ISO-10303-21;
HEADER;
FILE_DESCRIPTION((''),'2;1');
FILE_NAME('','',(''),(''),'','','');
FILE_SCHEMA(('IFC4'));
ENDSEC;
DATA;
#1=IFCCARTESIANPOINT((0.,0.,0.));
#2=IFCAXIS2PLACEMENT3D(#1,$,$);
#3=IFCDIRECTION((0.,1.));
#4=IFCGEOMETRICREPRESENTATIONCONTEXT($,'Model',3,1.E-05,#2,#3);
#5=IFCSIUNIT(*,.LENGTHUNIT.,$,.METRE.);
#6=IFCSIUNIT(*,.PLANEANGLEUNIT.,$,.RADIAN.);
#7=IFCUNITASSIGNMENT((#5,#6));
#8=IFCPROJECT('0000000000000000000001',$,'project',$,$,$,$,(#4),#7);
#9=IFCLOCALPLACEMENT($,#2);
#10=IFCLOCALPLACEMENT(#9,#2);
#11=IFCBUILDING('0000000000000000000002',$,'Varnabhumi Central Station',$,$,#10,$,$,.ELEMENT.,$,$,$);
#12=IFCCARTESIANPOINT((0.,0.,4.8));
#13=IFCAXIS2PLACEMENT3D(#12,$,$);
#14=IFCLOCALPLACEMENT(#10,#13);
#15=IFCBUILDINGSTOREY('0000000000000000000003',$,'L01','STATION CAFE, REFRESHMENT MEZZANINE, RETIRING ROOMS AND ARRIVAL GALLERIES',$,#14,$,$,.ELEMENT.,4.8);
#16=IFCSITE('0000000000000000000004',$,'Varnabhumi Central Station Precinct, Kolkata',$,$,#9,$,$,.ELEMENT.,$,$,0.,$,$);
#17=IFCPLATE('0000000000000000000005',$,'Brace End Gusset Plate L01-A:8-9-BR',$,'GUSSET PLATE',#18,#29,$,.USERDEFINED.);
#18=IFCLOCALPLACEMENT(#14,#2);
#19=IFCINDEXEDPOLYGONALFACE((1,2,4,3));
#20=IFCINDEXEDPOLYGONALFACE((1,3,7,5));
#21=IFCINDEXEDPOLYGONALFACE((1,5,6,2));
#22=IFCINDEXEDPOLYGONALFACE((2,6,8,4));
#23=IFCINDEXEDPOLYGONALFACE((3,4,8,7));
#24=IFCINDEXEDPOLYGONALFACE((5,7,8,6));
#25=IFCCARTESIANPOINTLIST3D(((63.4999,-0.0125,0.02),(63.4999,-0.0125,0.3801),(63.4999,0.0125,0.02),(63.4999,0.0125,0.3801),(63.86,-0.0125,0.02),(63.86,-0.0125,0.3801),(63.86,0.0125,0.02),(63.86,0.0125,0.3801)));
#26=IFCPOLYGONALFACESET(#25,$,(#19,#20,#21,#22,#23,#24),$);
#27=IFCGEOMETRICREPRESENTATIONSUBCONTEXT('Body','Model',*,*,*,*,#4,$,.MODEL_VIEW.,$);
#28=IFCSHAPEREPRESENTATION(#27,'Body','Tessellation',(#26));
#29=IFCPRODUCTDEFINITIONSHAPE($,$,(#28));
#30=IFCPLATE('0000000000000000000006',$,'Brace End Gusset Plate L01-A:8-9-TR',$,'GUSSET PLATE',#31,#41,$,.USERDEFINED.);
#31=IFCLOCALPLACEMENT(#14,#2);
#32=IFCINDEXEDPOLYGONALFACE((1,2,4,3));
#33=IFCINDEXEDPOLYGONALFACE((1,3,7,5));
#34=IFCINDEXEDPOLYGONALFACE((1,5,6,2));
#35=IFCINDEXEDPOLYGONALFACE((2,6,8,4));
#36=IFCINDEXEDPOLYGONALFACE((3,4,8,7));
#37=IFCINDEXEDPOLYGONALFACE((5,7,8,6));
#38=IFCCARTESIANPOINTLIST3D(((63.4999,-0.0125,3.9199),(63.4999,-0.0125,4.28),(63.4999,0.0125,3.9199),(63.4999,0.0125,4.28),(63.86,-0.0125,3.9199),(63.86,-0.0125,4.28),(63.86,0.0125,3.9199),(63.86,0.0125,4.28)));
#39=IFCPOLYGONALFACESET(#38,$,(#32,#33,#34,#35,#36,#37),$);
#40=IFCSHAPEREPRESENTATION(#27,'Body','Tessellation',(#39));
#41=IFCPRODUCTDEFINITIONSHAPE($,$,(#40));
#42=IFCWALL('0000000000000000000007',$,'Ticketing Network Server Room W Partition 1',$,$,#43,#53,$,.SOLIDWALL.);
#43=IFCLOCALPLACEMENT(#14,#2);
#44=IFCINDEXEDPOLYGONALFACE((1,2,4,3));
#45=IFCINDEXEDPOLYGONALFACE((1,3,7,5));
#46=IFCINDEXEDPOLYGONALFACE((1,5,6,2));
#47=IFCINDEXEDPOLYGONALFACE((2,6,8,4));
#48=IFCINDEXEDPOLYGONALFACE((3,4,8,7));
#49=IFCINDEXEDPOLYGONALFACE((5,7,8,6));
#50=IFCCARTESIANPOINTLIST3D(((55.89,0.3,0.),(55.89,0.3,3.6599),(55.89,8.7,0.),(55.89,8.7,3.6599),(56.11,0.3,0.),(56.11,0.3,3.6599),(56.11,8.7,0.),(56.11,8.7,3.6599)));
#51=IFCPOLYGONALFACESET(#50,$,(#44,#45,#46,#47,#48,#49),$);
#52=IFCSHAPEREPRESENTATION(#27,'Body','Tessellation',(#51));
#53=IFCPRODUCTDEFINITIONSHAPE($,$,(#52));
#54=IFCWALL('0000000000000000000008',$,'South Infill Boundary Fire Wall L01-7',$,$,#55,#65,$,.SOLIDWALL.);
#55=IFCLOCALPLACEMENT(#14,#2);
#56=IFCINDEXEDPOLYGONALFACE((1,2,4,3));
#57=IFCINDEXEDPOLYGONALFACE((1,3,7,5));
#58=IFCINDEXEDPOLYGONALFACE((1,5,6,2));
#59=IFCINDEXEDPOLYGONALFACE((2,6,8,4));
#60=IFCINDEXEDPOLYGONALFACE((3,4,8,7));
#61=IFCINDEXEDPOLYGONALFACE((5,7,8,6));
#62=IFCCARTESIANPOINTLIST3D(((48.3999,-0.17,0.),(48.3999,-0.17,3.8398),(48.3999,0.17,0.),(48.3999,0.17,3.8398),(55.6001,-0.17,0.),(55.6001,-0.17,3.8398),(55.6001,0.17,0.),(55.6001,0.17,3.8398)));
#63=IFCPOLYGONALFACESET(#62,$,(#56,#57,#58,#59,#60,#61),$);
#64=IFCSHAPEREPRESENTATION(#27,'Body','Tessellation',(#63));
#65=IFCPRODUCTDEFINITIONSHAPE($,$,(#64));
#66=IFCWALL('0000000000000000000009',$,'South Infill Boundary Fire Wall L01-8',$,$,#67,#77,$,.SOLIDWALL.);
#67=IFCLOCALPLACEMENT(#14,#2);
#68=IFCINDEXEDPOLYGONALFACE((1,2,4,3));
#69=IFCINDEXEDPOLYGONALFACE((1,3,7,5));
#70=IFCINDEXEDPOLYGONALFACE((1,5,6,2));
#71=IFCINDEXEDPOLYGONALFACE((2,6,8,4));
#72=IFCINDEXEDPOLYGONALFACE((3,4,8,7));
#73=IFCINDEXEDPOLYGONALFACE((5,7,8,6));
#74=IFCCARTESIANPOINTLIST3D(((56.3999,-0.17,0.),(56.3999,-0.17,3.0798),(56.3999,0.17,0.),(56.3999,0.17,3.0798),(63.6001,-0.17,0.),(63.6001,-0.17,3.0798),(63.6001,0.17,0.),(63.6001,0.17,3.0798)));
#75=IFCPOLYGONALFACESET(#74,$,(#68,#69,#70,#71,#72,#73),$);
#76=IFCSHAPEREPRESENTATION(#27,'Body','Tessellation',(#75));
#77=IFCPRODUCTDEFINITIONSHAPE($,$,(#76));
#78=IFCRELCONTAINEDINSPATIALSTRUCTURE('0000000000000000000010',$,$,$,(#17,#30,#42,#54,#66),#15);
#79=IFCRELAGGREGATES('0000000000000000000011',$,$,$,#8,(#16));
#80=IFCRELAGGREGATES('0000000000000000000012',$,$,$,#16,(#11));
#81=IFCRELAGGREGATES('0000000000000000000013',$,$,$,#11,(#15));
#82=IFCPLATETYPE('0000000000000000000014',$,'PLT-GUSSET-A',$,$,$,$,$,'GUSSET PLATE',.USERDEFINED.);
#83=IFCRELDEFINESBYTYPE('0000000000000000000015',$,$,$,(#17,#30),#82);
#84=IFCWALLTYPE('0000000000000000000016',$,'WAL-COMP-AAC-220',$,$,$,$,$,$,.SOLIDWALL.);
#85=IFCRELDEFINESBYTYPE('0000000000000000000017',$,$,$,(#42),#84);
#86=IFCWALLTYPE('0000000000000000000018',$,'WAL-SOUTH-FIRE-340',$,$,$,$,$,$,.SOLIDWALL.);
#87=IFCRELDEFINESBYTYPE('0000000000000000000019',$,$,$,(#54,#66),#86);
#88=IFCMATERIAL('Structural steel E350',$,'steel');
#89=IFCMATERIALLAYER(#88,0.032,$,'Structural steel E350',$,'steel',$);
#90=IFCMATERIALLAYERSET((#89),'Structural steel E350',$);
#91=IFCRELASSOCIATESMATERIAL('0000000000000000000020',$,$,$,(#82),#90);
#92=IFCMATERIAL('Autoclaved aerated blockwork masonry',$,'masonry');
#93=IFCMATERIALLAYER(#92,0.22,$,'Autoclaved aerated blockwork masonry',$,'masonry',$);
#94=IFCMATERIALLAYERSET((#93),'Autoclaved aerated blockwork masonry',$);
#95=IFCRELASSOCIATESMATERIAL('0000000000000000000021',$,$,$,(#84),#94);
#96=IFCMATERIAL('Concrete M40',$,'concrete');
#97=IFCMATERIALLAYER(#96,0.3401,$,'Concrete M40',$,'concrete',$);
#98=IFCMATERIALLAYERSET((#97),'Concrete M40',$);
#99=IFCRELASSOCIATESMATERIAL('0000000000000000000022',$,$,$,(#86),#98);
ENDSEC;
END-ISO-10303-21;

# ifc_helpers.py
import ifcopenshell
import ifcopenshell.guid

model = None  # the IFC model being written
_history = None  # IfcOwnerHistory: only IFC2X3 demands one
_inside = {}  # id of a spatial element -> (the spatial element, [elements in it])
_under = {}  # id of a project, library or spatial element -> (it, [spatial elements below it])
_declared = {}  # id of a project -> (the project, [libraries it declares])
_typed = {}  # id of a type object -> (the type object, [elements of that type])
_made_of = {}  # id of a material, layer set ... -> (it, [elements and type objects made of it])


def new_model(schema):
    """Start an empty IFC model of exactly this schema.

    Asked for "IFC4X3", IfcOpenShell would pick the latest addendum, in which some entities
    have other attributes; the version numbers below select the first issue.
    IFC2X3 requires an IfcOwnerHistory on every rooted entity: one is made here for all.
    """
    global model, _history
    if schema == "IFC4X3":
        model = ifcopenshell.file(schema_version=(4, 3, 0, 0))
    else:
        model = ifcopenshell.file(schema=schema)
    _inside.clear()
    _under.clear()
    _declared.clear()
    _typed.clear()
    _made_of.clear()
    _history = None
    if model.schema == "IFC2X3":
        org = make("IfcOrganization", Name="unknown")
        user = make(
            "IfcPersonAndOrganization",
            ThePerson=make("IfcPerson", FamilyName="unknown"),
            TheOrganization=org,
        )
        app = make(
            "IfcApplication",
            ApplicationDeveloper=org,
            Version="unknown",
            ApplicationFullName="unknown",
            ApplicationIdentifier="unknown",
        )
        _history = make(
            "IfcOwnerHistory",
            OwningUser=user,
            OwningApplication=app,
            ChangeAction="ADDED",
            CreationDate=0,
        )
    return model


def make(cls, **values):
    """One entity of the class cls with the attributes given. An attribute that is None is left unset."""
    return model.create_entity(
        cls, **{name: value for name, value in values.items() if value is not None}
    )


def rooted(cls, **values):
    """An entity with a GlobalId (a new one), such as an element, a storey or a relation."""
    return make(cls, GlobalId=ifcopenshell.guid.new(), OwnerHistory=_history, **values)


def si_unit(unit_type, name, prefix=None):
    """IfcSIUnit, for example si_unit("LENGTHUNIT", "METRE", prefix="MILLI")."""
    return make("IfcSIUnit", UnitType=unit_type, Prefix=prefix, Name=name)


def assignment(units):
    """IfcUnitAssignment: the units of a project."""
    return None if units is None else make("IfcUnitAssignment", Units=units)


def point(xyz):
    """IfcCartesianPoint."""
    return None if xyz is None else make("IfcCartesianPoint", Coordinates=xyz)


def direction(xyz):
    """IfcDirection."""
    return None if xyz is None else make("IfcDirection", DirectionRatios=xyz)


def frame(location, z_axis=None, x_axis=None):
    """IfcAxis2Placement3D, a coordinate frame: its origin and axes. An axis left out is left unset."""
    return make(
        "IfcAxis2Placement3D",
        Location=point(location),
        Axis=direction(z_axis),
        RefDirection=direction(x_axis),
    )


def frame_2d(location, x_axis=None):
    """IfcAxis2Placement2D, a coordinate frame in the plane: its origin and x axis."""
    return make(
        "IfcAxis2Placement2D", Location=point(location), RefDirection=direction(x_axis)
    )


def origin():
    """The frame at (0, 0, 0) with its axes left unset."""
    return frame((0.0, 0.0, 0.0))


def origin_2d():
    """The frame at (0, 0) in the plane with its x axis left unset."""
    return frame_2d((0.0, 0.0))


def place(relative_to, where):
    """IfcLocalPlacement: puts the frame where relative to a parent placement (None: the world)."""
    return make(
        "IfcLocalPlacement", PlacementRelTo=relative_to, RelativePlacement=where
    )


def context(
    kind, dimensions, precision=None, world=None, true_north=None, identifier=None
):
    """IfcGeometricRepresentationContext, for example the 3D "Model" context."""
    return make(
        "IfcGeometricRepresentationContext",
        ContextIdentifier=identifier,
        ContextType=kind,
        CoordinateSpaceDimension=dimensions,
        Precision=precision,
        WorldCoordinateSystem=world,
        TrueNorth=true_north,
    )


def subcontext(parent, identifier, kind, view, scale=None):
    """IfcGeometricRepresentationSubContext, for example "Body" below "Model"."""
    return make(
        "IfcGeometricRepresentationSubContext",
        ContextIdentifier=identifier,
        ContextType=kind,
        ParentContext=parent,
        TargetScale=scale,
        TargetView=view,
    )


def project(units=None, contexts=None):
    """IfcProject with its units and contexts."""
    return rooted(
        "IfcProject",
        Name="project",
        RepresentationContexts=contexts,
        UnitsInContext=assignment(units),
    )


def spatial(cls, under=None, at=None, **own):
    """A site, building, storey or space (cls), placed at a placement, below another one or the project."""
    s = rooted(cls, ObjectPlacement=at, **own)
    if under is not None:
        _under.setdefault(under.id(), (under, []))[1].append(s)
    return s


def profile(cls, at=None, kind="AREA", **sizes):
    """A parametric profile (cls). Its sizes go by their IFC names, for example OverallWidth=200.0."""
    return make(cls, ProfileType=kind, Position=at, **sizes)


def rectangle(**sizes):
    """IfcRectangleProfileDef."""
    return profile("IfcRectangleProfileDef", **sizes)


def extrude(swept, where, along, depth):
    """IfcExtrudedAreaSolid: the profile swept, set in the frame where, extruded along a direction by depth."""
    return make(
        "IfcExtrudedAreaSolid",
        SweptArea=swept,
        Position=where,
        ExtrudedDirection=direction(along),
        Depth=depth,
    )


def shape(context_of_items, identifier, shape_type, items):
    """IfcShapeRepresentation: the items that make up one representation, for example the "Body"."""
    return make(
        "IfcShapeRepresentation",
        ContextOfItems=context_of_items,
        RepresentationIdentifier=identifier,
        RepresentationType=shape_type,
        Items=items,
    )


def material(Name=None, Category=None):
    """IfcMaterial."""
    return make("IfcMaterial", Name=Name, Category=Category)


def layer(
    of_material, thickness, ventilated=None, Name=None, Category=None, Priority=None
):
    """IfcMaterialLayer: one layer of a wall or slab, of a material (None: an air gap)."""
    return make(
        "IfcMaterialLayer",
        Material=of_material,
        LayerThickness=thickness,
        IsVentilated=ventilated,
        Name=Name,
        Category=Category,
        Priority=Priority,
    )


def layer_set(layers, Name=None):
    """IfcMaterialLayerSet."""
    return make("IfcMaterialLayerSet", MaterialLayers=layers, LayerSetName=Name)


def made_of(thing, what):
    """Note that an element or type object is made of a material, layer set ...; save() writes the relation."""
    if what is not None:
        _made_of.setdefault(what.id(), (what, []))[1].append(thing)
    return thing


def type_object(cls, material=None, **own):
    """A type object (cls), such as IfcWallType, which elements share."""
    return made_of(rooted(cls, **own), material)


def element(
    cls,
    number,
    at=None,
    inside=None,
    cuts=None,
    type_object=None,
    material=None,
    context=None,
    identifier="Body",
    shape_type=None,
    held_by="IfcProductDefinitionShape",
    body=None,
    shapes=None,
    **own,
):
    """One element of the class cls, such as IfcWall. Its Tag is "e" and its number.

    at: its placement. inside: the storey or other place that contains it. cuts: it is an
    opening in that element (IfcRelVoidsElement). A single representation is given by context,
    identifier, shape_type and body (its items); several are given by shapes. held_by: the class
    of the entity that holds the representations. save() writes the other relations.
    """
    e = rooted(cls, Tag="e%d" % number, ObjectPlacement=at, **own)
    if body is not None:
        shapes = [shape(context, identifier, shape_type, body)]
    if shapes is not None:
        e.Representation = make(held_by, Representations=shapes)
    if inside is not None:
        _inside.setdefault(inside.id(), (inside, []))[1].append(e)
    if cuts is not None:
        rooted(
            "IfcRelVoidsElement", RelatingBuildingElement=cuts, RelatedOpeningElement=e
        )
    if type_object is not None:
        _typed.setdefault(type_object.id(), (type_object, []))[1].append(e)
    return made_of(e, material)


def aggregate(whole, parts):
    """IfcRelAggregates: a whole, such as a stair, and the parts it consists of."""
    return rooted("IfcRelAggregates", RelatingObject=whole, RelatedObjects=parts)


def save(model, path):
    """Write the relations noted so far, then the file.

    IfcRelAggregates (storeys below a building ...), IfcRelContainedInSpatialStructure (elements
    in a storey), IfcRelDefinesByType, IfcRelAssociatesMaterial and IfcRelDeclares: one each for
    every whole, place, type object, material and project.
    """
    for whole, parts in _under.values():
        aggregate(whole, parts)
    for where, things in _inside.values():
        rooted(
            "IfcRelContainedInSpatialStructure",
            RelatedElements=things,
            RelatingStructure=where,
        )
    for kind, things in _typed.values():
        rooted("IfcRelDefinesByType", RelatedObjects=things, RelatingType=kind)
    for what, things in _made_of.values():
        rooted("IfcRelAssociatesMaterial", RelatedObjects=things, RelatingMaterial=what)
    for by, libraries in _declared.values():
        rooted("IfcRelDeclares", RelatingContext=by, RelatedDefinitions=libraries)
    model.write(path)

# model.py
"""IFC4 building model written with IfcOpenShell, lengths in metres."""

from ifc_helpers import new_model, si_unit, direction, frame, frame_2d, origin, origin_2d, place, context, subcontext, project, spatial, rectangle, extrude, material, layer, layer_set, type_object, element, save


model = new_model("IFC4")

# Units and contexts
model_context = context("Model", 3, precision=1e-05, world=origin(), true_north=direction((0.0, 1.0)))
body_context = subcontext(model_context, "Body", "Model", "MODEL_VIEW")
ifc_project = project(units=[si_unit("LENGTHUNIT", "METRE"), si_unit("PLANEANGLEUNIT", "RADIAN")], contexts=[model_context])

# Site, building, storey
site_placement = place(None, origin())
site = spatial("IfcSite", under=ifc_project, at=site_placement, Name="Varnabhumi Central Station Precinct, Kolkata", CompositionType="ELEMENT", RefElevation=0.0)
building_placement = place(site_placement, origin())
building = spatial("IfcBuilding", under=site, at=building_placement, Name="Varnabhumi Central Station", CompositionType="ELEMENT")
storey_placement = place(building_placement, frame((0.0, 0.0, 4.8)))
storey = spatial("IfcBuildingStorey", under=building, at=storey_placement, Name="L01", Description="STATION CAFE, REFRESHMENT MEZZANINE, RETIRING ROOMS AND ARRIVAL GALLERIES", CompositionType="ELEMENT", Elevation=4.8)

# Shared definitions
ifc_material_1 = material(Name="Concrete M40", Category="concrete")

# Shared definitions
ifc_material_2 = material(Name="Structural steel E350", Category="steel")

# Plates
ifc_layer_1 = layer(ifc_material_2, 0.032, Name="Structural steel E350", Category="steel")
ifc_layer_set_1 = layer_set([ifc_layer_1], Name="Structural steel E350")
plate_type = type_object("IfcPlateType", Name="PLT-GUSSET-A", ElementType="GUSSET PLATE", PredefinedType="USERDEFINED", material=ifc_layer_set_1)
for number, where, z_axis, x_axis, name in (
    (1, (63.6799, 0.0, 0.02), (0.0, 0.0, 1.0), (1.0, 0.0, 0.0), "Brace End Gusset Plate L01-A:8-9-BR"),
    (2, (63.6799, 0.0, 3.9199), (0.0, 0.0, 1.0), (1.0, 0.0, 0.0), "Brace End Gusset Plate L01-A:8-9-TR"),
):
    element("IfcPlate", number, at=place(storey_placement, frame(where, z_axis=z_axis, x_axis=x_axis)), inside=storey, type_object=plate_type, Name=name, ObjectType="GUSSET PLATE", PredefinedType="USERDEFINED", context=body_context, shape_type="SweptSolid", body=[
        extrude(rectangle(XDim=0.3601, YDim=0.0249, at=origin_2d()), origin(), (0.0, 0.0, 1.0), 0.3601),
    ])

# Walls
ifc_material_3 = material(Name="Autoclaved aerated blockwork masonry", Category="masonry")
ifc_layer_2 = layer(ifc_material_3, 0.22, Name="Autoclaved aerated blockwork masonry", Category="masonry")
ifc_layer_set_2 = layer_set([ifc_layer_2], Name="Autoclaved aerated blockwork masonry")
wall_type_1 = type_object("IfcWallType", Name="WAL-COMP-AAC-220", PredefinedType="SOLIDWALL", material=ifc_layer_set_2)
wall_1_placement = place(storey_placement, frame((56.0, 0.3, 0.0), z_axis=(0.0, 0.0, 1.0), x_axis=(0.0, 1.0, 0.0)))
element("IfcWall", 3, at=wall_1_placement, inside=storey, type_object=wall_type_1, Name="Ticketing Network Server Room W Partition 1", PredefinedType="SOLIDWALL", context=body_context, shape_type="SweptSolid", body=[
    extrude(rectangle(XDim=8.3999, YDim=0.22, at=frame_2d((4.2, 0.0))), origin(), (0.0, 0.0, 1.0), 3.6599),
])
ifc_layer_3 = layer(ifc_material_1, 0.3401, Name="Concrete M40", Category="concrete")
ifc_layer_set_3 = layer_set([ifc_layer_3], Name="Concrete M40")
wall_type_2 = type_object("IfcWallType", Name="WAL-SOUTH-FIRE-340", PredefinedType="SOLIDWALL", material=ifc_layer_set_3)
wall_2_placement = place(storey_placement, frame((48.3999, 0.0, 0.0), z_axis=(0.0, 0.0, 1.0), x_axis=(1.0, 0.0, 0.0)))
element("IfcWall", 4, at=wall_2_placement, inside=storey, type_object=wall_type_2, Name="South Infill Boundary Fire Wall L01-7", PredefinedType="SOLIDWALL", context=body_context, shape_type="SweptSolid", body=[
    extrude(rectangle(XDim=7.2002, YDim=0.3401, at=frame_2d((3.6001, 0.0))), origin(), (0.0, 0.0, 1.0), 3.8398),
])
wall_3_placement = place(storey_placement, frame((56.3999, 0.0, 0.0), z_axis=(0.0, 0.0, 1.0), x_axis=(1.0, 0.0, 0.0)))
element("IfcWall", 5, at=wall_3_placement, inside=storey, type_object=wall_type_2, Name="South Infill Boundary Fire Wall L01-8", PredefinedType="SOLIDWALL", context=body_context, shape_type="SweptSolid", body=[
    extrude(rectangle(XDim=7.2002, YDim=0.3401, at=frame_2d((3.6001, 0.0))), origin(), (0.0, 0.0, 1.0), 3.0798),
])

save(model, "model.ifc")
